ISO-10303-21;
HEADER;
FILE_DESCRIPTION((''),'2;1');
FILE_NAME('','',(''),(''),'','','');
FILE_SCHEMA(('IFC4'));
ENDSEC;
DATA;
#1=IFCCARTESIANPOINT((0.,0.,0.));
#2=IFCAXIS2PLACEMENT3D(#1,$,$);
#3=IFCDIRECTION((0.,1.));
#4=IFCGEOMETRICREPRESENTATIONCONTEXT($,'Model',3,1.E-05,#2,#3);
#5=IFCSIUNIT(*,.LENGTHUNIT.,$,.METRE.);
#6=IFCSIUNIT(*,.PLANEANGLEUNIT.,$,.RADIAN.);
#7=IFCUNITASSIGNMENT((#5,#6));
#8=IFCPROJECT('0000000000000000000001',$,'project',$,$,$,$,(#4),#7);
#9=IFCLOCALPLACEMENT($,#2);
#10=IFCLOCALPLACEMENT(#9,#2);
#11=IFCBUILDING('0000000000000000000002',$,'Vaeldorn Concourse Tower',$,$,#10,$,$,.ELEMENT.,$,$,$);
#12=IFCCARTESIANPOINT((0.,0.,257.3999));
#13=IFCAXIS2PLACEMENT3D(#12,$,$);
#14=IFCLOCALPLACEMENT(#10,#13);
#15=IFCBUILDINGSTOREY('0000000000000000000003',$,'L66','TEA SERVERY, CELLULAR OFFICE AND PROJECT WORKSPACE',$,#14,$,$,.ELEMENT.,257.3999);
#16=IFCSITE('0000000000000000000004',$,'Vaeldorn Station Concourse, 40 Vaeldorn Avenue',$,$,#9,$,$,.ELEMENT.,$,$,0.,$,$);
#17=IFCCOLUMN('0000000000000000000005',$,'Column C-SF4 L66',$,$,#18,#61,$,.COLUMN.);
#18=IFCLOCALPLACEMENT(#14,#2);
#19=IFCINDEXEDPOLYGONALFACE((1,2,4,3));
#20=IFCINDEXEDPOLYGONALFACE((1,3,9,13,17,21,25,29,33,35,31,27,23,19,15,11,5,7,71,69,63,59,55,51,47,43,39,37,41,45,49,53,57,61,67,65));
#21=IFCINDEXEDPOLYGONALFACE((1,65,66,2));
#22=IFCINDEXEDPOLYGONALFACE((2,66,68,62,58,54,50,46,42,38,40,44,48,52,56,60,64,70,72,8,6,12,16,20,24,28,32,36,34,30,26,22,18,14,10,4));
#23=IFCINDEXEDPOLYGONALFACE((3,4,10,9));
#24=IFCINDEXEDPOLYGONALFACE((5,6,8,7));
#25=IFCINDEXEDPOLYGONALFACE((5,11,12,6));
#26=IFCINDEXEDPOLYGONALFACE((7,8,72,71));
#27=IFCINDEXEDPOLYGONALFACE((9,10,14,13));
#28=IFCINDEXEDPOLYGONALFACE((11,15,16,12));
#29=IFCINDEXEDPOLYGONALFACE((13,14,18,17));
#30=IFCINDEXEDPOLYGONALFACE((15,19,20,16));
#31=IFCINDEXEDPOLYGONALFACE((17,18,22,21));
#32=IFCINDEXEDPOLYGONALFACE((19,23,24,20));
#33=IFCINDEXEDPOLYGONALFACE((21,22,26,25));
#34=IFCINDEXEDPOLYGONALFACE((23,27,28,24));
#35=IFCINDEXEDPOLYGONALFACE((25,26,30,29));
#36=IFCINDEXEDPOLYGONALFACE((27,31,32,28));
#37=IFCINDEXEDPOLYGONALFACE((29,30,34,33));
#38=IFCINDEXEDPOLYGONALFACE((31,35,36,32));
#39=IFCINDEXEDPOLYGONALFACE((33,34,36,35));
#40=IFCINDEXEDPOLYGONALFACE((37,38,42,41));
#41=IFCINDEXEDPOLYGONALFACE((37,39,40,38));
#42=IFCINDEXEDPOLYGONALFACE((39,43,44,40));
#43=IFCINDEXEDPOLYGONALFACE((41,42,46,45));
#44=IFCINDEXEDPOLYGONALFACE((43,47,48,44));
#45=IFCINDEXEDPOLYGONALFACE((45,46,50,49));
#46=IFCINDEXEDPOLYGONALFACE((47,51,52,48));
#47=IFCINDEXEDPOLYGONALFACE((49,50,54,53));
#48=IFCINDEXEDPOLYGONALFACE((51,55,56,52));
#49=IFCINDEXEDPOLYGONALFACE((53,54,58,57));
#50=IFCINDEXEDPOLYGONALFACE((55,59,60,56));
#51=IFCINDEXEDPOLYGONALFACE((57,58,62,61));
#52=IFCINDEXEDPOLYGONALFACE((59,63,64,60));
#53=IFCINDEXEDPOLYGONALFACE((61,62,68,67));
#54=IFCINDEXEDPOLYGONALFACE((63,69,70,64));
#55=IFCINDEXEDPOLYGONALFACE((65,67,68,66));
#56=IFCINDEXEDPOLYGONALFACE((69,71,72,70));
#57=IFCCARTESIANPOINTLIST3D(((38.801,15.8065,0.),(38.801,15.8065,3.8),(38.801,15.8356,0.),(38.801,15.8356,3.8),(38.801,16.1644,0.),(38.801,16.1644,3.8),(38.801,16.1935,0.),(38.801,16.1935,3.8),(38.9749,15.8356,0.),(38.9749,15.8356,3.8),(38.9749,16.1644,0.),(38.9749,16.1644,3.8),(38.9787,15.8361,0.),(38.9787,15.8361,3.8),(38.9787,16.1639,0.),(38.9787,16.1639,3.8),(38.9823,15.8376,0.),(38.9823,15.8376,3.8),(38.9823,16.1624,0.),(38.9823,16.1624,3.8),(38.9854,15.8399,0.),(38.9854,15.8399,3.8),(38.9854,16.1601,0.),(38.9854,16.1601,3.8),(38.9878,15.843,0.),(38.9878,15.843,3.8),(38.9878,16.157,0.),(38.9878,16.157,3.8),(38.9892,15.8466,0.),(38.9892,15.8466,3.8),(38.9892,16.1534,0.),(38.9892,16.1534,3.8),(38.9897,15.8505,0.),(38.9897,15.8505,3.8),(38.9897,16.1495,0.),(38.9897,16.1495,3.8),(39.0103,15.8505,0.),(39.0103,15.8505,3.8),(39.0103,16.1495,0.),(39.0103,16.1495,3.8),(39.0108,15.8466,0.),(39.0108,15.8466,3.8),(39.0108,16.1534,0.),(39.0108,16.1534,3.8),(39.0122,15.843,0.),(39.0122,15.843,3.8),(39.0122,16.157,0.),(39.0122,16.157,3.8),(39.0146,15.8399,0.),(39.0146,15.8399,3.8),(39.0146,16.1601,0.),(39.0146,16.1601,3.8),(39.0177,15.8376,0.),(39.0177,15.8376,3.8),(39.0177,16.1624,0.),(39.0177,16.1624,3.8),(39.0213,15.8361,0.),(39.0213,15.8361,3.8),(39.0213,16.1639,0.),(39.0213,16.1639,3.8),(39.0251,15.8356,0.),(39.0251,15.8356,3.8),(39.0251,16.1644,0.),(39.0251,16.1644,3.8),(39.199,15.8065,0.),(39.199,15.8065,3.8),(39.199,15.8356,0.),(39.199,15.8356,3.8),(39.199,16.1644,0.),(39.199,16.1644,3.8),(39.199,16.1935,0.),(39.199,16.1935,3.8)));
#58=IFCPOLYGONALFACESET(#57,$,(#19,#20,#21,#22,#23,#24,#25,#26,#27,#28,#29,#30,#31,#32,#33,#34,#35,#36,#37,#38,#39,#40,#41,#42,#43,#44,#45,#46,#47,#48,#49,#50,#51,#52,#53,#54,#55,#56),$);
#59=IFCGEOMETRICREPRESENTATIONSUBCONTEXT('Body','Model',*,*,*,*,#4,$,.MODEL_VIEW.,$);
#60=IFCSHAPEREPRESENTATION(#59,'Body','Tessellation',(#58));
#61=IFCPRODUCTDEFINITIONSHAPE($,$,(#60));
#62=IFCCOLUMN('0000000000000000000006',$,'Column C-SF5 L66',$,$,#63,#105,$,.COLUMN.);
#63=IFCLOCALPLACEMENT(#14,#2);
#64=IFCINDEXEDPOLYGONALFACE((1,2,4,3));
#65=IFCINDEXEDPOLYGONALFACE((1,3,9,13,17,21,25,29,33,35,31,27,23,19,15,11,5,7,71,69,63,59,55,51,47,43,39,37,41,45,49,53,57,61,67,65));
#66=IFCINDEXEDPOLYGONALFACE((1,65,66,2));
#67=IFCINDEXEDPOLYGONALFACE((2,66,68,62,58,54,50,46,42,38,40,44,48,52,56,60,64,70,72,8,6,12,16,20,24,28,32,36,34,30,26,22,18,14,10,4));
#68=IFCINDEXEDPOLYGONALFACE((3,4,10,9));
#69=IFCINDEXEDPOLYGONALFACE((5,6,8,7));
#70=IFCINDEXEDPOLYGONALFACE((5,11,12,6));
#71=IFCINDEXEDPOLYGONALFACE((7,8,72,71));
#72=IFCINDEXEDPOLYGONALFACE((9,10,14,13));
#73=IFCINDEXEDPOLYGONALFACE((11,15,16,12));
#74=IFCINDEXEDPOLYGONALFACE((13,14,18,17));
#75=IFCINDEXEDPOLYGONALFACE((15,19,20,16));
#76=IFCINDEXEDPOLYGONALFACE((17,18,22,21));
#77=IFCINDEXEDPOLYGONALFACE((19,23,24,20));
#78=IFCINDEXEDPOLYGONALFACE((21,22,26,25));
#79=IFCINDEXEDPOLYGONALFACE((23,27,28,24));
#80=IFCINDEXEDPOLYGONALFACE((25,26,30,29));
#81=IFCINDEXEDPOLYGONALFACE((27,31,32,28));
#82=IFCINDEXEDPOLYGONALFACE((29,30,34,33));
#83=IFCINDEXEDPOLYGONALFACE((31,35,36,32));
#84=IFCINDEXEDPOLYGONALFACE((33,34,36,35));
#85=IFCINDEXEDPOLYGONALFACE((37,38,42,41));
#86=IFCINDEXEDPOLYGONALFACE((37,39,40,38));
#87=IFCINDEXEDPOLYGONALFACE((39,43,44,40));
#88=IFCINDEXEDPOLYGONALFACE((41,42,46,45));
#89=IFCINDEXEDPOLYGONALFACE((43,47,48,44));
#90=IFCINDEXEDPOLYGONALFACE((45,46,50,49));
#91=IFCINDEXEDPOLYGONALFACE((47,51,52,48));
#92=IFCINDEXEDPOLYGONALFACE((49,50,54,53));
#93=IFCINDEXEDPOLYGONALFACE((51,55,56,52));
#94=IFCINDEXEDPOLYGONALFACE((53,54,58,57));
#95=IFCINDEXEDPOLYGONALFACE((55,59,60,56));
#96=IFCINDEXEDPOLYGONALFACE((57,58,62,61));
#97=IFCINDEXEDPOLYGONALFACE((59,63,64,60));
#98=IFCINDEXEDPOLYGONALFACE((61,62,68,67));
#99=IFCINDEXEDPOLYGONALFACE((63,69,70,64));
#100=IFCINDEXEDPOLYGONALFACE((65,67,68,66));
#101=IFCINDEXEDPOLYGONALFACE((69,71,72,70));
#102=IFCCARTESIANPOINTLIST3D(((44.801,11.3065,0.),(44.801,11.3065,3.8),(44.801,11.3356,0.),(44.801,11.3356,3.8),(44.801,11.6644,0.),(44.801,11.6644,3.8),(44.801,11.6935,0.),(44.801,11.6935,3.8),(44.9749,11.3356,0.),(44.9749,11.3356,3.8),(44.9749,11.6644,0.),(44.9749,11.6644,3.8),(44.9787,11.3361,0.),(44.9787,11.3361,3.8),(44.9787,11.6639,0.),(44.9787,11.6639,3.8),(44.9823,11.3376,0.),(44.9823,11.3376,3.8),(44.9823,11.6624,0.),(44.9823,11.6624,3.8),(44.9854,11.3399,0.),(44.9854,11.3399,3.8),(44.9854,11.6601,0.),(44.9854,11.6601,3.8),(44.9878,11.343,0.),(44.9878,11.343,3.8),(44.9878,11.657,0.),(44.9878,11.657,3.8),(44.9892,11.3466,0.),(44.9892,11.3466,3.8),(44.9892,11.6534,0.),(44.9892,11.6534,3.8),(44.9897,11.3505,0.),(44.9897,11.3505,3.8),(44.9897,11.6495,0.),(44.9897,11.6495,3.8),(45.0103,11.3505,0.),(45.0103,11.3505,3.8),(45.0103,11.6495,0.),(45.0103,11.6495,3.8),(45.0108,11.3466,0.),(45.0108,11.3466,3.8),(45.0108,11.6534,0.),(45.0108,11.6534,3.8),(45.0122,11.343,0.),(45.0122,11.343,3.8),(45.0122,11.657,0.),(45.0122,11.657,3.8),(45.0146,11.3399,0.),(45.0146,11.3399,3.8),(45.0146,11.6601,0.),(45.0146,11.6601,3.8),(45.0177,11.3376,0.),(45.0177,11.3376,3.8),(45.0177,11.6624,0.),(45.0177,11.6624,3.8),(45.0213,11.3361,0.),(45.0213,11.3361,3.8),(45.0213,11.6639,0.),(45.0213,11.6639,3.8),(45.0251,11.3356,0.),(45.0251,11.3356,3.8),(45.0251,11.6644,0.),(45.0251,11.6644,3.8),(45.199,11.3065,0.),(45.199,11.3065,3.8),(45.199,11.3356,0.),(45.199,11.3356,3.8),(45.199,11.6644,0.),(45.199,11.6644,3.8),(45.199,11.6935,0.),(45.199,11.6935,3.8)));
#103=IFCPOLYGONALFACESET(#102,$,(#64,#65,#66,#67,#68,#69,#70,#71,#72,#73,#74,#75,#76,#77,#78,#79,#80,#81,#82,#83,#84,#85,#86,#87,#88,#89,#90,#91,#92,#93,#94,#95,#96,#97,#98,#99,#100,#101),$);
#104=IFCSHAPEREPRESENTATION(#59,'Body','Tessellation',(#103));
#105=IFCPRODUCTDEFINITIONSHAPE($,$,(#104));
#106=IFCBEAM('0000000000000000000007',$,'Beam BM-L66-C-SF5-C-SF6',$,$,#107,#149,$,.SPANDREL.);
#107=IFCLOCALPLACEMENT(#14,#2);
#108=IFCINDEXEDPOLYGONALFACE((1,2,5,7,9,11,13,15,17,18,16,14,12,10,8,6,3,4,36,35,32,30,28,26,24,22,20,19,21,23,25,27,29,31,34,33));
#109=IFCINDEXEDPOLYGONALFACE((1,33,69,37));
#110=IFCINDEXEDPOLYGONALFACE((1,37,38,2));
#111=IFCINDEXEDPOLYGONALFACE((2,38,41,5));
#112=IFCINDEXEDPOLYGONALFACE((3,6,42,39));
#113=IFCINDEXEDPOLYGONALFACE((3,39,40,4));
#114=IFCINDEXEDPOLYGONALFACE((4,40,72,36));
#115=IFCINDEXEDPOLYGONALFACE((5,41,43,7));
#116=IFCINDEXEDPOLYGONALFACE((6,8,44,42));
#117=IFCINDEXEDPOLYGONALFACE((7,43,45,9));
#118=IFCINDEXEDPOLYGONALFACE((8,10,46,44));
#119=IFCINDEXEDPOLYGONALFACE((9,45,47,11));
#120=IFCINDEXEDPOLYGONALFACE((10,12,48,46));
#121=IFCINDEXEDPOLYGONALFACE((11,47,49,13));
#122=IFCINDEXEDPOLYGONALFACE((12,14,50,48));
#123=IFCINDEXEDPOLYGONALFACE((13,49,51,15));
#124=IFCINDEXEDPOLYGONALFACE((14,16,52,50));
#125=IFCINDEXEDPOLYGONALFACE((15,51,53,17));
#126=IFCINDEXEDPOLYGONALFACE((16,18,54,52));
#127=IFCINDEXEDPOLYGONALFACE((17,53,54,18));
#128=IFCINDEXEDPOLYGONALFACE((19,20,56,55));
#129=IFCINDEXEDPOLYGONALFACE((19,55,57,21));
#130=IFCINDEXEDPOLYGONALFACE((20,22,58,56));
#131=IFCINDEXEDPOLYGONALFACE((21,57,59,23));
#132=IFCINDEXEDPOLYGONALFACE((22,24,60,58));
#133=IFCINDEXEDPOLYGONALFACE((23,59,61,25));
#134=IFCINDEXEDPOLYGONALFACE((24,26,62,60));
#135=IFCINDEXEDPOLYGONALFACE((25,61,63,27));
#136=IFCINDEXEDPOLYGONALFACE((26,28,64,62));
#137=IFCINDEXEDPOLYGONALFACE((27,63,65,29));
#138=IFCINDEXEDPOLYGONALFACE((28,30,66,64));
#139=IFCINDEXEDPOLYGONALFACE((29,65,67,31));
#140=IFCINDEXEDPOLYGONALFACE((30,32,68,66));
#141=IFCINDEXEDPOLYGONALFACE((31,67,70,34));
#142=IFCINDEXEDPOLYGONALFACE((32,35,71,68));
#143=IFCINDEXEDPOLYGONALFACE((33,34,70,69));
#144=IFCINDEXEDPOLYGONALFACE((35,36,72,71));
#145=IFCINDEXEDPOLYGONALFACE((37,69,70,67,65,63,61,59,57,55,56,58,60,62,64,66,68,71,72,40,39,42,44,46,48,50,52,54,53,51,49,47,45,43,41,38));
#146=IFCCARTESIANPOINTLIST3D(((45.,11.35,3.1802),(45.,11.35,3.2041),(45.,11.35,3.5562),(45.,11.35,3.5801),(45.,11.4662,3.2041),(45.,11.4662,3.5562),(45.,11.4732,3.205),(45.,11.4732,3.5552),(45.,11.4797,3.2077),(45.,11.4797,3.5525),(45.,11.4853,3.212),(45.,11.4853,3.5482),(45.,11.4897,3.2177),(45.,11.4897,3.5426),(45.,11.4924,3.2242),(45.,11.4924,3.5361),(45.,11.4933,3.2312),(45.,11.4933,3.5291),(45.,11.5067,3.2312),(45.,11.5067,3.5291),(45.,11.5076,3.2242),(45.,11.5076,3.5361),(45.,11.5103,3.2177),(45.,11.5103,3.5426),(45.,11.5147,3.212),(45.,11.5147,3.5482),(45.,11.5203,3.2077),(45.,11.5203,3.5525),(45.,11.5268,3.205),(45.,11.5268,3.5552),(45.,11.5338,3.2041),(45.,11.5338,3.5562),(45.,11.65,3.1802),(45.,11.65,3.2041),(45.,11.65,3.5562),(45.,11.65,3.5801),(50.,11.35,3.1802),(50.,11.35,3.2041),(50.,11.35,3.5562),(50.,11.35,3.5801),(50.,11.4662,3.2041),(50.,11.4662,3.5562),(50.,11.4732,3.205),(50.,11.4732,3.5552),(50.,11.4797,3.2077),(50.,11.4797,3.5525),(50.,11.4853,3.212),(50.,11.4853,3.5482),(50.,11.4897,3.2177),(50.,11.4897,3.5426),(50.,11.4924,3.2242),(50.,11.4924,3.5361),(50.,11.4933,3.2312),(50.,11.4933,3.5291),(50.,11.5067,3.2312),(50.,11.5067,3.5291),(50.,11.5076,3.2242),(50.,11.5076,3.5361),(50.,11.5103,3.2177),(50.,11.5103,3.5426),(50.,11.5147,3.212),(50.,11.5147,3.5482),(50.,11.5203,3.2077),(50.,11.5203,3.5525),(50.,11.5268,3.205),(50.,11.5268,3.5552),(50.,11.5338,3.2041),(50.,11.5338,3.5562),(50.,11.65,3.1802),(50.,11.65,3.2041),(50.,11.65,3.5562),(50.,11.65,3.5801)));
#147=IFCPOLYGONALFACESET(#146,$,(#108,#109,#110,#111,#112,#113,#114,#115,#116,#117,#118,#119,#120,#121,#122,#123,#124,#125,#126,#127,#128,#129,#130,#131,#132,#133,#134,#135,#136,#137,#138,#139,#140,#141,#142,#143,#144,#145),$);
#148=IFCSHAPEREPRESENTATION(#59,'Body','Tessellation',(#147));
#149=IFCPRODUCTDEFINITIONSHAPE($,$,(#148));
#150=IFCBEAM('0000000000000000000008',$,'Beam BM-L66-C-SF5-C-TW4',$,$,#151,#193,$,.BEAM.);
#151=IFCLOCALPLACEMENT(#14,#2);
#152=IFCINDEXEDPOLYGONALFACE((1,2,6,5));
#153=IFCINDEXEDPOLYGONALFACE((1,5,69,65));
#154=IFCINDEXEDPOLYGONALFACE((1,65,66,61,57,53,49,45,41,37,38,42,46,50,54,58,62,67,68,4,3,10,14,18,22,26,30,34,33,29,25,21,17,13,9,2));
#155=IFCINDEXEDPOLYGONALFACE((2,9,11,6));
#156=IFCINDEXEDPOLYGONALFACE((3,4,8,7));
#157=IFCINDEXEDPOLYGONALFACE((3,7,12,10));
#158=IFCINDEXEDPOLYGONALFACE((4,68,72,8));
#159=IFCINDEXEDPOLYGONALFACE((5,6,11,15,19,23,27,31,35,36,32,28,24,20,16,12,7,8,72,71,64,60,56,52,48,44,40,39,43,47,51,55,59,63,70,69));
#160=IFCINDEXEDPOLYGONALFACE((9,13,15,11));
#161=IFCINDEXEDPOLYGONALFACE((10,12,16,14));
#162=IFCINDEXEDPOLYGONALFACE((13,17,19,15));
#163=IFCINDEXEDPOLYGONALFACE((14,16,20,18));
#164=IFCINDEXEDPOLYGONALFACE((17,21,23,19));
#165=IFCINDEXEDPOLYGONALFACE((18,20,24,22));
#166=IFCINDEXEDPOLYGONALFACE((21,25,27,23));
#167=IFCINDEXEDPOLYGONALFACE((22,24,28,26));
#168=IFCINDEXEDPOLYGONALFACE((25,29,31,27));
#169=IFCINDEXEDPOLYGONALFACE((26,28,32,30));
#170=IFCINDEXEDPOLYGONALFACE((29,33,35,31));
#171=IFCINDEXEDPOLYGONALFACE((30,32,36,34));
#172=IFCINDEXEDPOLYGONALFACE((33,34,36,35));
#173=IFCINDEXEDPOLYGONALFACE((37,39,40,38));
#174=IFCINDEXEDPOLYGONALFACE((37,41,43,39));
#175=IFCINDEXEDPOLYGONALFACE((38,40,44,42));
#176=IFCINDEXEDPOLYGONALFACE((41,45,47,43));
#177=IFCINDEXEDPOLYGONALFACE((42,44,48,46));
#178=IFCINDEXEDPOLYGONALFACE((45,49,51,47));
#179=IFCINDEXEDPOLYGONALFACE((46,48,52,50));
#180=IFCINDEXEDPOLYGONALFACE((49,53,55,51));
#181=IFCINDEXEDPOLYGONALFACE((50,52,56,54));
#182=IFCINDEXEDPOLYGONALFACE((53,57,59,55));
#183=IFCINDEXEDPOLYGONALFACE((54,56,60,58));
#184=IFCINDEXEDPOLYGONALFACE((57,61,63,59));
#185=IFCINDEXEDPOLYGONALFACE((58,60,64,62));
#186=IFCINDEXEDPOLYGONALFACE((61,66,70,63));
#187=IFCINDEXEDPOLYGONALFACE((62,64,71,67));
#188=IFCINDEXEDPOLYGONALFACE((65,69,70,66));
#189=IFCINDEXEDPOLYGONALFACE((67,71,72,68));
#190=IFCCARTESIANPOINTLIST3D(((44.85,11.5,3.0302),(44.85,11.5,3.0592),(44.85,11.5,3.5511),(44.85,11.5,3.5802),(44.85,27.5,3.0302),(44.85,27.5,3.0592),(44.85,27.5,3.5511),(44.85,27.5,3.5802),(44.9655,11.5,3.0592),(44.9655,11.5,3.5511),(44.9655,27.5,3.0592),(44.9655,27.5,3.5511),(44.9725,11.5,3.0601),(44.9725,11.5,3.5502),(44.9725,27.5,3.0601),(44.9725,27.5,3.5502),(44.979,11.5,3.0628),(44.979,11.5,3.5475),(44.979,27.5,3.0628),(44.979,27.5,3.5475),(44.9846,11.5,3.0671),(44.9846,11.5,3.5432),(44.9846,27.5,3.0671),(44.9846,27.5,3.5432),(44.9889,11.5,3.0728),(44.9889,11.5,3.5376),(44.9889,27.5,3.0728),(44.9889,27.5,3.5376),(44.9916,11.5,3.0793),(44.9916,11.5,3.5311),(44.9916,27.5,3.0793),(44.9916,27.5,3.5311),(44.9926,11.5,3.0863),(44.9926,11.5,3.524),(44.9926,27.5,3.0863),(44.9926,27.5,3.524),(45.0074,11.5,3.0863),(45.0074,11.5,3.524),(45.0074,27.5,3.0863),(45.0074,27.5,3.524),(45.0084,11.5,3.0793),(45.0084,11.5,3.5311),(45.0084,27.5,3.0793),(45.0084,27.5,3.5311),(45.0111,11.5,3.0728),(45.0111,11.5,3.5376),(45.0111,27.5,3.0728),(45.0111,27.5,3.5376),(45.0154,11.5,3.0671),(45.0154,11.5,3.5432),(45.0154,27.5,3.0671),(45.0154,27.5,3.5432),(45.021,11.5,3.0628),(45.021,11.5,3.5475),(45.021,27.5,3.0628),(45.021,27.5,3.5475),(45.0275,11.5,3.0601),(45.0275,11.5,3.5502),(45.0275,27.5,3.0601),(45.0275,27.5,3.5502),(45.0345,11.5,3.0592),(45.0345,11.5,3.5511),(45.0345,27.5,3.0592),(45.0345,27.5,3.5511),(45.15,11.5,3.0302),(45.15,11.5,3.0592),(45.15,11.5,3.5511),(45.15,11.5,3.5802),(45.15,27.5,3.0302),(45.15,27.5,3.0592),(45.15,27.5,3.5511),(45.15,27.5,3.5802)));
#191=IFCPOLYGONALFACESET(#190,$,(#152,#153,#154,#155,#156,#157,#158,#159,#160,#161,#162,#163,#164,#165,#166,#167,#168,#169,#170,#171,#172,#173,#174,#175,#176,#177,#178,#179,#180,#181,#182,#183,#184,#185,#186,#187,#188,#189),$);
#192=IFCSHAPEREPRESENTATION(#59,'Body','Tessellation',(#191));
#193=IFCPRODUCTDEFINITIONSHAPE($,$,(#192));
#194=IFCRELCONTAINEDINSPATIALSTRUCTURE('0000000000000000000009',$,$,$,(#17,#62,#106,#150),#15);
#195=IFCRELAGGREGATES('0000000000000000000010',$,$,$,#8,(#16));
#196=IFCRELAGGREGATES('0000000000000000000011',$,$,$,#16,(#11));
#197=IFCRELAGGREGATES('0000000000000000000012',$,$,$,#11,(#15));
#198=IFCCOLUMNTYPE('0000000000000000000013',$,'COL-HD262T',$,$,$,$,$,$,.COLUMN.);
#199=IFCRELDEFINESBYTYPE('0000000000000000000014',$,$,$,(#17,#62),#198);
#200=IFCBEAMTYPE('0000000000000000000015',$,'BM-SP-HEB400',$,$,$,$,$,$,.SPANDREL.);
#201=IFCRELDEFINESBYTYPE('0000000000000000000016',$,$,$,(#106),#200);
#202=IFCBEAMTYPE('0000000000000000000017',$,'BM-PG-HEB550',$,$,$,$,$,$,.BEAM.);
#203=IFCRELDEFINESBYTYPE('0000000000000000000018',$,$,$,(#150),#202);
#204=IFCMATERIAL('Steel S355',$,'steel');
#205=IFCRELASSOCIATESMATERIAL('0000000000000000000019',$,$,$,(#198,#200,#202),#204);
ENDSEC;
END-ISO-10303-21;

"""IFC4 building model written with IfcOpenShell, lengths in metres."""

from ifc_helpers import new_model, si_unit, direction, frame, origin, origin_2d, place, context, subcontext, project, spatial, i_section, extrude, source, transform, mapped, material, material_profile, profile_set, type_object, element, save


model = new_model("IFC4")

# Units and contexts
model_context = context("Model", 3, precision=1e-05, world=origin(), true_north=direction((0.0, 1.0)))
body_context = subcontext(model_context, "Body", "Model", "MODEL_VIEW")
ifc_project = project(units=[si_unit("LENGTHUNIT", "METRE"), si_unit("PLANEANGLEUNIT", "RADIAN")], contexts=[model_context])

# Site, building, storey
site_placement = place(None, origin())
site = spatial("IfcSite", under=ifc_project, at=site_placement, Name="Vaeldorn Station Concourse, 40 Vaeldorn Avenue", CompositionType="ELEMENT", RefElevation=0.0)
building_placement = place(site_placement, origin())
building = spatial("IfcBuilding", under=site, at=building_placement, Name="Vaeldorn Concourse Tower", CompositionType="ELEMENT")
storey_placement = place(building_placement, frame((0.0, 0.0, 257.3999)))
storey = spatial("IfcBuildingStorey", under=building, at=storey_placement, Name="L66", Description="TEA SERVERY, CELLULAR OFFICE AND PROJECT WORKSPACE", CompositionType="ELEMENT", Elevation=257.3999)

# Columns
ifc_material_1 = material(Name="Steel S355", Category="steel")
ifc_material_profile_1 = material_profile(ifc_material_1, i_section(OverallWidth=0.3979, OverallDepth=0.387, WebThickness=0.0205, FlangeThickness=0.0291, FilletRadius=0.0149, at=origin_2d()), Name="HD 400x262")
ifc_profile_set_1 = profile_set([ifc_material_profile_1], Name="Steel S355")
column_type = type_object("IfcColumnType", Name="COL-HD262T", PredefinedType="COLUMN", material=ifc_profile_set_1)
shared_shape_1 = source(origin(), body_context, "Body", "SweptSolid", [
    extrude(i_section(OverallWidth=0.3979, OverallDepth=0.387, WebThickness=0.0205, FlangeThickness=0.0291, FilletRadius=0.0149, at=origin_2d()), origin(), (0.0, 0.0, 1.0), 3.8),
])
for number, where, z_axis, x_axis, name in (
    (1, (39.0, 16.0, 0.0), (0.0, 0.0, 1.0), (1.0, 0.0, 0.0), "Column C-SF4 L66"),
    (2, (45.0, 11.5, 0.0), (0.0, 0.0, 1.0), (1.0, 0.0, 0.0), "Column C-SF5 L66"),
):
    element("IfcColumn", number, at=place(storey_placement, frame(where, z_axis=z_axis, x_axis=x_axis)), inside=storey, type_object=column_type, Name=name, PredefinedType="COLUMN", context=body_context, shape_type="MappedRepresentation", body=[
        mapped(shared_shape_1, transform((0.0, 0.0, 0.0), scale=1.0)),
    ])

# Beams
ifc_material_profile_2 = material_profile(ifc_material_1, i_section(OverallWidth=0.3, OverallDepth=0.3999, WebThickness=0.0134, FlangeThickness=0.0239, FilletRadius=0.0271, at=origin_2d()), Name="HEB 400")
ifc_profile_set_2 = profile_set([ifc_material_profile_2], Name="Steel S355")
beam_type_1 = type_object("IfcBeamType", Name="BM-SP-HEB400", PredefinedType="SPANDREL", material=ifc_profile_set_2)
shared_shape_2 = source(origin(), body_context, "Body", "SweptSolid", [
    extrude(i_section(OverallWidth=0.3, OverallDepth=0.3999, WebThickness=0.0134, FlangeThickness=0.0239, FilletRadius=0.0271, at=origin_2d()), origin(), (0.0, 0.0, 1.0), 5.0),
])
beam_1_placement = place(storey_placement, frame((45.0, 11.5, 3.3801), z_axis=(1.0, 0.0, 0.0), x_axis=(0.0, 1.0, 0.0)))
element("IfcBeam", 3, at=beam_1_placement, inside=storey, type_object=beam_type_1, Name="Beam BM-L66-C-SF5-C-SF6", PredefinedType="SPANDREL", context=body_context, shape_type="MappedRepresentation", body=[
    mapped(shared_shape_2, transform((0.0, 0.0, 0.0), scale=1.0)),
])
ifc_material_profile_3 = material_profile(ifc_material_1, i_section(OverallWidth=0.3, OverallDepth=0.55, WebThickness=0.0149, FlangeThickness=0.0291, FilletRadius=0.0271, at=origin_2d()), Name="HEB 550")
ifc_profile_set_3 = profile_set([ifc_material_profile_3], Name="Steel S355")
beam_type_2 = type_object("IfcBeamType", Name="BM-PG-HEB550", PredefinedType="BEAM", material=ifc_profile_set_3)
shared_shape_3 = source(origin(), body_context, "Body", "SweptSolid", [
    extrude(i_section(OverallWidth=0.3, OverallDepth=0.55, WebThickness=0.0149, FlangeThickness=0.0291, FilletRadius=0.0271, at=origin_2d()), origin(), (0.0, 0.0, 1.0), 16.0),
])
beam_2_placement = place(storey_placement, frame((45.0, 11.5, 3.3052), z_axis=(0.0, 1.0, 0.0), x_axis=(-1.0, 0.0, 0.0)))
element("IfcBeam", 4, at=beam_2_placement, inside=storey, type_object=beam_type_2, Name="Beam BM-L66-C-SF5-C-TW4", PredefinedType="BEAM", context=body_context, shape_type="MappedRepresentation", body=[
    mapped(shared_shape_3, transform((0.0, 0.0, 0.0), scale=1.0)),
])

save(model, "model.ifc")
